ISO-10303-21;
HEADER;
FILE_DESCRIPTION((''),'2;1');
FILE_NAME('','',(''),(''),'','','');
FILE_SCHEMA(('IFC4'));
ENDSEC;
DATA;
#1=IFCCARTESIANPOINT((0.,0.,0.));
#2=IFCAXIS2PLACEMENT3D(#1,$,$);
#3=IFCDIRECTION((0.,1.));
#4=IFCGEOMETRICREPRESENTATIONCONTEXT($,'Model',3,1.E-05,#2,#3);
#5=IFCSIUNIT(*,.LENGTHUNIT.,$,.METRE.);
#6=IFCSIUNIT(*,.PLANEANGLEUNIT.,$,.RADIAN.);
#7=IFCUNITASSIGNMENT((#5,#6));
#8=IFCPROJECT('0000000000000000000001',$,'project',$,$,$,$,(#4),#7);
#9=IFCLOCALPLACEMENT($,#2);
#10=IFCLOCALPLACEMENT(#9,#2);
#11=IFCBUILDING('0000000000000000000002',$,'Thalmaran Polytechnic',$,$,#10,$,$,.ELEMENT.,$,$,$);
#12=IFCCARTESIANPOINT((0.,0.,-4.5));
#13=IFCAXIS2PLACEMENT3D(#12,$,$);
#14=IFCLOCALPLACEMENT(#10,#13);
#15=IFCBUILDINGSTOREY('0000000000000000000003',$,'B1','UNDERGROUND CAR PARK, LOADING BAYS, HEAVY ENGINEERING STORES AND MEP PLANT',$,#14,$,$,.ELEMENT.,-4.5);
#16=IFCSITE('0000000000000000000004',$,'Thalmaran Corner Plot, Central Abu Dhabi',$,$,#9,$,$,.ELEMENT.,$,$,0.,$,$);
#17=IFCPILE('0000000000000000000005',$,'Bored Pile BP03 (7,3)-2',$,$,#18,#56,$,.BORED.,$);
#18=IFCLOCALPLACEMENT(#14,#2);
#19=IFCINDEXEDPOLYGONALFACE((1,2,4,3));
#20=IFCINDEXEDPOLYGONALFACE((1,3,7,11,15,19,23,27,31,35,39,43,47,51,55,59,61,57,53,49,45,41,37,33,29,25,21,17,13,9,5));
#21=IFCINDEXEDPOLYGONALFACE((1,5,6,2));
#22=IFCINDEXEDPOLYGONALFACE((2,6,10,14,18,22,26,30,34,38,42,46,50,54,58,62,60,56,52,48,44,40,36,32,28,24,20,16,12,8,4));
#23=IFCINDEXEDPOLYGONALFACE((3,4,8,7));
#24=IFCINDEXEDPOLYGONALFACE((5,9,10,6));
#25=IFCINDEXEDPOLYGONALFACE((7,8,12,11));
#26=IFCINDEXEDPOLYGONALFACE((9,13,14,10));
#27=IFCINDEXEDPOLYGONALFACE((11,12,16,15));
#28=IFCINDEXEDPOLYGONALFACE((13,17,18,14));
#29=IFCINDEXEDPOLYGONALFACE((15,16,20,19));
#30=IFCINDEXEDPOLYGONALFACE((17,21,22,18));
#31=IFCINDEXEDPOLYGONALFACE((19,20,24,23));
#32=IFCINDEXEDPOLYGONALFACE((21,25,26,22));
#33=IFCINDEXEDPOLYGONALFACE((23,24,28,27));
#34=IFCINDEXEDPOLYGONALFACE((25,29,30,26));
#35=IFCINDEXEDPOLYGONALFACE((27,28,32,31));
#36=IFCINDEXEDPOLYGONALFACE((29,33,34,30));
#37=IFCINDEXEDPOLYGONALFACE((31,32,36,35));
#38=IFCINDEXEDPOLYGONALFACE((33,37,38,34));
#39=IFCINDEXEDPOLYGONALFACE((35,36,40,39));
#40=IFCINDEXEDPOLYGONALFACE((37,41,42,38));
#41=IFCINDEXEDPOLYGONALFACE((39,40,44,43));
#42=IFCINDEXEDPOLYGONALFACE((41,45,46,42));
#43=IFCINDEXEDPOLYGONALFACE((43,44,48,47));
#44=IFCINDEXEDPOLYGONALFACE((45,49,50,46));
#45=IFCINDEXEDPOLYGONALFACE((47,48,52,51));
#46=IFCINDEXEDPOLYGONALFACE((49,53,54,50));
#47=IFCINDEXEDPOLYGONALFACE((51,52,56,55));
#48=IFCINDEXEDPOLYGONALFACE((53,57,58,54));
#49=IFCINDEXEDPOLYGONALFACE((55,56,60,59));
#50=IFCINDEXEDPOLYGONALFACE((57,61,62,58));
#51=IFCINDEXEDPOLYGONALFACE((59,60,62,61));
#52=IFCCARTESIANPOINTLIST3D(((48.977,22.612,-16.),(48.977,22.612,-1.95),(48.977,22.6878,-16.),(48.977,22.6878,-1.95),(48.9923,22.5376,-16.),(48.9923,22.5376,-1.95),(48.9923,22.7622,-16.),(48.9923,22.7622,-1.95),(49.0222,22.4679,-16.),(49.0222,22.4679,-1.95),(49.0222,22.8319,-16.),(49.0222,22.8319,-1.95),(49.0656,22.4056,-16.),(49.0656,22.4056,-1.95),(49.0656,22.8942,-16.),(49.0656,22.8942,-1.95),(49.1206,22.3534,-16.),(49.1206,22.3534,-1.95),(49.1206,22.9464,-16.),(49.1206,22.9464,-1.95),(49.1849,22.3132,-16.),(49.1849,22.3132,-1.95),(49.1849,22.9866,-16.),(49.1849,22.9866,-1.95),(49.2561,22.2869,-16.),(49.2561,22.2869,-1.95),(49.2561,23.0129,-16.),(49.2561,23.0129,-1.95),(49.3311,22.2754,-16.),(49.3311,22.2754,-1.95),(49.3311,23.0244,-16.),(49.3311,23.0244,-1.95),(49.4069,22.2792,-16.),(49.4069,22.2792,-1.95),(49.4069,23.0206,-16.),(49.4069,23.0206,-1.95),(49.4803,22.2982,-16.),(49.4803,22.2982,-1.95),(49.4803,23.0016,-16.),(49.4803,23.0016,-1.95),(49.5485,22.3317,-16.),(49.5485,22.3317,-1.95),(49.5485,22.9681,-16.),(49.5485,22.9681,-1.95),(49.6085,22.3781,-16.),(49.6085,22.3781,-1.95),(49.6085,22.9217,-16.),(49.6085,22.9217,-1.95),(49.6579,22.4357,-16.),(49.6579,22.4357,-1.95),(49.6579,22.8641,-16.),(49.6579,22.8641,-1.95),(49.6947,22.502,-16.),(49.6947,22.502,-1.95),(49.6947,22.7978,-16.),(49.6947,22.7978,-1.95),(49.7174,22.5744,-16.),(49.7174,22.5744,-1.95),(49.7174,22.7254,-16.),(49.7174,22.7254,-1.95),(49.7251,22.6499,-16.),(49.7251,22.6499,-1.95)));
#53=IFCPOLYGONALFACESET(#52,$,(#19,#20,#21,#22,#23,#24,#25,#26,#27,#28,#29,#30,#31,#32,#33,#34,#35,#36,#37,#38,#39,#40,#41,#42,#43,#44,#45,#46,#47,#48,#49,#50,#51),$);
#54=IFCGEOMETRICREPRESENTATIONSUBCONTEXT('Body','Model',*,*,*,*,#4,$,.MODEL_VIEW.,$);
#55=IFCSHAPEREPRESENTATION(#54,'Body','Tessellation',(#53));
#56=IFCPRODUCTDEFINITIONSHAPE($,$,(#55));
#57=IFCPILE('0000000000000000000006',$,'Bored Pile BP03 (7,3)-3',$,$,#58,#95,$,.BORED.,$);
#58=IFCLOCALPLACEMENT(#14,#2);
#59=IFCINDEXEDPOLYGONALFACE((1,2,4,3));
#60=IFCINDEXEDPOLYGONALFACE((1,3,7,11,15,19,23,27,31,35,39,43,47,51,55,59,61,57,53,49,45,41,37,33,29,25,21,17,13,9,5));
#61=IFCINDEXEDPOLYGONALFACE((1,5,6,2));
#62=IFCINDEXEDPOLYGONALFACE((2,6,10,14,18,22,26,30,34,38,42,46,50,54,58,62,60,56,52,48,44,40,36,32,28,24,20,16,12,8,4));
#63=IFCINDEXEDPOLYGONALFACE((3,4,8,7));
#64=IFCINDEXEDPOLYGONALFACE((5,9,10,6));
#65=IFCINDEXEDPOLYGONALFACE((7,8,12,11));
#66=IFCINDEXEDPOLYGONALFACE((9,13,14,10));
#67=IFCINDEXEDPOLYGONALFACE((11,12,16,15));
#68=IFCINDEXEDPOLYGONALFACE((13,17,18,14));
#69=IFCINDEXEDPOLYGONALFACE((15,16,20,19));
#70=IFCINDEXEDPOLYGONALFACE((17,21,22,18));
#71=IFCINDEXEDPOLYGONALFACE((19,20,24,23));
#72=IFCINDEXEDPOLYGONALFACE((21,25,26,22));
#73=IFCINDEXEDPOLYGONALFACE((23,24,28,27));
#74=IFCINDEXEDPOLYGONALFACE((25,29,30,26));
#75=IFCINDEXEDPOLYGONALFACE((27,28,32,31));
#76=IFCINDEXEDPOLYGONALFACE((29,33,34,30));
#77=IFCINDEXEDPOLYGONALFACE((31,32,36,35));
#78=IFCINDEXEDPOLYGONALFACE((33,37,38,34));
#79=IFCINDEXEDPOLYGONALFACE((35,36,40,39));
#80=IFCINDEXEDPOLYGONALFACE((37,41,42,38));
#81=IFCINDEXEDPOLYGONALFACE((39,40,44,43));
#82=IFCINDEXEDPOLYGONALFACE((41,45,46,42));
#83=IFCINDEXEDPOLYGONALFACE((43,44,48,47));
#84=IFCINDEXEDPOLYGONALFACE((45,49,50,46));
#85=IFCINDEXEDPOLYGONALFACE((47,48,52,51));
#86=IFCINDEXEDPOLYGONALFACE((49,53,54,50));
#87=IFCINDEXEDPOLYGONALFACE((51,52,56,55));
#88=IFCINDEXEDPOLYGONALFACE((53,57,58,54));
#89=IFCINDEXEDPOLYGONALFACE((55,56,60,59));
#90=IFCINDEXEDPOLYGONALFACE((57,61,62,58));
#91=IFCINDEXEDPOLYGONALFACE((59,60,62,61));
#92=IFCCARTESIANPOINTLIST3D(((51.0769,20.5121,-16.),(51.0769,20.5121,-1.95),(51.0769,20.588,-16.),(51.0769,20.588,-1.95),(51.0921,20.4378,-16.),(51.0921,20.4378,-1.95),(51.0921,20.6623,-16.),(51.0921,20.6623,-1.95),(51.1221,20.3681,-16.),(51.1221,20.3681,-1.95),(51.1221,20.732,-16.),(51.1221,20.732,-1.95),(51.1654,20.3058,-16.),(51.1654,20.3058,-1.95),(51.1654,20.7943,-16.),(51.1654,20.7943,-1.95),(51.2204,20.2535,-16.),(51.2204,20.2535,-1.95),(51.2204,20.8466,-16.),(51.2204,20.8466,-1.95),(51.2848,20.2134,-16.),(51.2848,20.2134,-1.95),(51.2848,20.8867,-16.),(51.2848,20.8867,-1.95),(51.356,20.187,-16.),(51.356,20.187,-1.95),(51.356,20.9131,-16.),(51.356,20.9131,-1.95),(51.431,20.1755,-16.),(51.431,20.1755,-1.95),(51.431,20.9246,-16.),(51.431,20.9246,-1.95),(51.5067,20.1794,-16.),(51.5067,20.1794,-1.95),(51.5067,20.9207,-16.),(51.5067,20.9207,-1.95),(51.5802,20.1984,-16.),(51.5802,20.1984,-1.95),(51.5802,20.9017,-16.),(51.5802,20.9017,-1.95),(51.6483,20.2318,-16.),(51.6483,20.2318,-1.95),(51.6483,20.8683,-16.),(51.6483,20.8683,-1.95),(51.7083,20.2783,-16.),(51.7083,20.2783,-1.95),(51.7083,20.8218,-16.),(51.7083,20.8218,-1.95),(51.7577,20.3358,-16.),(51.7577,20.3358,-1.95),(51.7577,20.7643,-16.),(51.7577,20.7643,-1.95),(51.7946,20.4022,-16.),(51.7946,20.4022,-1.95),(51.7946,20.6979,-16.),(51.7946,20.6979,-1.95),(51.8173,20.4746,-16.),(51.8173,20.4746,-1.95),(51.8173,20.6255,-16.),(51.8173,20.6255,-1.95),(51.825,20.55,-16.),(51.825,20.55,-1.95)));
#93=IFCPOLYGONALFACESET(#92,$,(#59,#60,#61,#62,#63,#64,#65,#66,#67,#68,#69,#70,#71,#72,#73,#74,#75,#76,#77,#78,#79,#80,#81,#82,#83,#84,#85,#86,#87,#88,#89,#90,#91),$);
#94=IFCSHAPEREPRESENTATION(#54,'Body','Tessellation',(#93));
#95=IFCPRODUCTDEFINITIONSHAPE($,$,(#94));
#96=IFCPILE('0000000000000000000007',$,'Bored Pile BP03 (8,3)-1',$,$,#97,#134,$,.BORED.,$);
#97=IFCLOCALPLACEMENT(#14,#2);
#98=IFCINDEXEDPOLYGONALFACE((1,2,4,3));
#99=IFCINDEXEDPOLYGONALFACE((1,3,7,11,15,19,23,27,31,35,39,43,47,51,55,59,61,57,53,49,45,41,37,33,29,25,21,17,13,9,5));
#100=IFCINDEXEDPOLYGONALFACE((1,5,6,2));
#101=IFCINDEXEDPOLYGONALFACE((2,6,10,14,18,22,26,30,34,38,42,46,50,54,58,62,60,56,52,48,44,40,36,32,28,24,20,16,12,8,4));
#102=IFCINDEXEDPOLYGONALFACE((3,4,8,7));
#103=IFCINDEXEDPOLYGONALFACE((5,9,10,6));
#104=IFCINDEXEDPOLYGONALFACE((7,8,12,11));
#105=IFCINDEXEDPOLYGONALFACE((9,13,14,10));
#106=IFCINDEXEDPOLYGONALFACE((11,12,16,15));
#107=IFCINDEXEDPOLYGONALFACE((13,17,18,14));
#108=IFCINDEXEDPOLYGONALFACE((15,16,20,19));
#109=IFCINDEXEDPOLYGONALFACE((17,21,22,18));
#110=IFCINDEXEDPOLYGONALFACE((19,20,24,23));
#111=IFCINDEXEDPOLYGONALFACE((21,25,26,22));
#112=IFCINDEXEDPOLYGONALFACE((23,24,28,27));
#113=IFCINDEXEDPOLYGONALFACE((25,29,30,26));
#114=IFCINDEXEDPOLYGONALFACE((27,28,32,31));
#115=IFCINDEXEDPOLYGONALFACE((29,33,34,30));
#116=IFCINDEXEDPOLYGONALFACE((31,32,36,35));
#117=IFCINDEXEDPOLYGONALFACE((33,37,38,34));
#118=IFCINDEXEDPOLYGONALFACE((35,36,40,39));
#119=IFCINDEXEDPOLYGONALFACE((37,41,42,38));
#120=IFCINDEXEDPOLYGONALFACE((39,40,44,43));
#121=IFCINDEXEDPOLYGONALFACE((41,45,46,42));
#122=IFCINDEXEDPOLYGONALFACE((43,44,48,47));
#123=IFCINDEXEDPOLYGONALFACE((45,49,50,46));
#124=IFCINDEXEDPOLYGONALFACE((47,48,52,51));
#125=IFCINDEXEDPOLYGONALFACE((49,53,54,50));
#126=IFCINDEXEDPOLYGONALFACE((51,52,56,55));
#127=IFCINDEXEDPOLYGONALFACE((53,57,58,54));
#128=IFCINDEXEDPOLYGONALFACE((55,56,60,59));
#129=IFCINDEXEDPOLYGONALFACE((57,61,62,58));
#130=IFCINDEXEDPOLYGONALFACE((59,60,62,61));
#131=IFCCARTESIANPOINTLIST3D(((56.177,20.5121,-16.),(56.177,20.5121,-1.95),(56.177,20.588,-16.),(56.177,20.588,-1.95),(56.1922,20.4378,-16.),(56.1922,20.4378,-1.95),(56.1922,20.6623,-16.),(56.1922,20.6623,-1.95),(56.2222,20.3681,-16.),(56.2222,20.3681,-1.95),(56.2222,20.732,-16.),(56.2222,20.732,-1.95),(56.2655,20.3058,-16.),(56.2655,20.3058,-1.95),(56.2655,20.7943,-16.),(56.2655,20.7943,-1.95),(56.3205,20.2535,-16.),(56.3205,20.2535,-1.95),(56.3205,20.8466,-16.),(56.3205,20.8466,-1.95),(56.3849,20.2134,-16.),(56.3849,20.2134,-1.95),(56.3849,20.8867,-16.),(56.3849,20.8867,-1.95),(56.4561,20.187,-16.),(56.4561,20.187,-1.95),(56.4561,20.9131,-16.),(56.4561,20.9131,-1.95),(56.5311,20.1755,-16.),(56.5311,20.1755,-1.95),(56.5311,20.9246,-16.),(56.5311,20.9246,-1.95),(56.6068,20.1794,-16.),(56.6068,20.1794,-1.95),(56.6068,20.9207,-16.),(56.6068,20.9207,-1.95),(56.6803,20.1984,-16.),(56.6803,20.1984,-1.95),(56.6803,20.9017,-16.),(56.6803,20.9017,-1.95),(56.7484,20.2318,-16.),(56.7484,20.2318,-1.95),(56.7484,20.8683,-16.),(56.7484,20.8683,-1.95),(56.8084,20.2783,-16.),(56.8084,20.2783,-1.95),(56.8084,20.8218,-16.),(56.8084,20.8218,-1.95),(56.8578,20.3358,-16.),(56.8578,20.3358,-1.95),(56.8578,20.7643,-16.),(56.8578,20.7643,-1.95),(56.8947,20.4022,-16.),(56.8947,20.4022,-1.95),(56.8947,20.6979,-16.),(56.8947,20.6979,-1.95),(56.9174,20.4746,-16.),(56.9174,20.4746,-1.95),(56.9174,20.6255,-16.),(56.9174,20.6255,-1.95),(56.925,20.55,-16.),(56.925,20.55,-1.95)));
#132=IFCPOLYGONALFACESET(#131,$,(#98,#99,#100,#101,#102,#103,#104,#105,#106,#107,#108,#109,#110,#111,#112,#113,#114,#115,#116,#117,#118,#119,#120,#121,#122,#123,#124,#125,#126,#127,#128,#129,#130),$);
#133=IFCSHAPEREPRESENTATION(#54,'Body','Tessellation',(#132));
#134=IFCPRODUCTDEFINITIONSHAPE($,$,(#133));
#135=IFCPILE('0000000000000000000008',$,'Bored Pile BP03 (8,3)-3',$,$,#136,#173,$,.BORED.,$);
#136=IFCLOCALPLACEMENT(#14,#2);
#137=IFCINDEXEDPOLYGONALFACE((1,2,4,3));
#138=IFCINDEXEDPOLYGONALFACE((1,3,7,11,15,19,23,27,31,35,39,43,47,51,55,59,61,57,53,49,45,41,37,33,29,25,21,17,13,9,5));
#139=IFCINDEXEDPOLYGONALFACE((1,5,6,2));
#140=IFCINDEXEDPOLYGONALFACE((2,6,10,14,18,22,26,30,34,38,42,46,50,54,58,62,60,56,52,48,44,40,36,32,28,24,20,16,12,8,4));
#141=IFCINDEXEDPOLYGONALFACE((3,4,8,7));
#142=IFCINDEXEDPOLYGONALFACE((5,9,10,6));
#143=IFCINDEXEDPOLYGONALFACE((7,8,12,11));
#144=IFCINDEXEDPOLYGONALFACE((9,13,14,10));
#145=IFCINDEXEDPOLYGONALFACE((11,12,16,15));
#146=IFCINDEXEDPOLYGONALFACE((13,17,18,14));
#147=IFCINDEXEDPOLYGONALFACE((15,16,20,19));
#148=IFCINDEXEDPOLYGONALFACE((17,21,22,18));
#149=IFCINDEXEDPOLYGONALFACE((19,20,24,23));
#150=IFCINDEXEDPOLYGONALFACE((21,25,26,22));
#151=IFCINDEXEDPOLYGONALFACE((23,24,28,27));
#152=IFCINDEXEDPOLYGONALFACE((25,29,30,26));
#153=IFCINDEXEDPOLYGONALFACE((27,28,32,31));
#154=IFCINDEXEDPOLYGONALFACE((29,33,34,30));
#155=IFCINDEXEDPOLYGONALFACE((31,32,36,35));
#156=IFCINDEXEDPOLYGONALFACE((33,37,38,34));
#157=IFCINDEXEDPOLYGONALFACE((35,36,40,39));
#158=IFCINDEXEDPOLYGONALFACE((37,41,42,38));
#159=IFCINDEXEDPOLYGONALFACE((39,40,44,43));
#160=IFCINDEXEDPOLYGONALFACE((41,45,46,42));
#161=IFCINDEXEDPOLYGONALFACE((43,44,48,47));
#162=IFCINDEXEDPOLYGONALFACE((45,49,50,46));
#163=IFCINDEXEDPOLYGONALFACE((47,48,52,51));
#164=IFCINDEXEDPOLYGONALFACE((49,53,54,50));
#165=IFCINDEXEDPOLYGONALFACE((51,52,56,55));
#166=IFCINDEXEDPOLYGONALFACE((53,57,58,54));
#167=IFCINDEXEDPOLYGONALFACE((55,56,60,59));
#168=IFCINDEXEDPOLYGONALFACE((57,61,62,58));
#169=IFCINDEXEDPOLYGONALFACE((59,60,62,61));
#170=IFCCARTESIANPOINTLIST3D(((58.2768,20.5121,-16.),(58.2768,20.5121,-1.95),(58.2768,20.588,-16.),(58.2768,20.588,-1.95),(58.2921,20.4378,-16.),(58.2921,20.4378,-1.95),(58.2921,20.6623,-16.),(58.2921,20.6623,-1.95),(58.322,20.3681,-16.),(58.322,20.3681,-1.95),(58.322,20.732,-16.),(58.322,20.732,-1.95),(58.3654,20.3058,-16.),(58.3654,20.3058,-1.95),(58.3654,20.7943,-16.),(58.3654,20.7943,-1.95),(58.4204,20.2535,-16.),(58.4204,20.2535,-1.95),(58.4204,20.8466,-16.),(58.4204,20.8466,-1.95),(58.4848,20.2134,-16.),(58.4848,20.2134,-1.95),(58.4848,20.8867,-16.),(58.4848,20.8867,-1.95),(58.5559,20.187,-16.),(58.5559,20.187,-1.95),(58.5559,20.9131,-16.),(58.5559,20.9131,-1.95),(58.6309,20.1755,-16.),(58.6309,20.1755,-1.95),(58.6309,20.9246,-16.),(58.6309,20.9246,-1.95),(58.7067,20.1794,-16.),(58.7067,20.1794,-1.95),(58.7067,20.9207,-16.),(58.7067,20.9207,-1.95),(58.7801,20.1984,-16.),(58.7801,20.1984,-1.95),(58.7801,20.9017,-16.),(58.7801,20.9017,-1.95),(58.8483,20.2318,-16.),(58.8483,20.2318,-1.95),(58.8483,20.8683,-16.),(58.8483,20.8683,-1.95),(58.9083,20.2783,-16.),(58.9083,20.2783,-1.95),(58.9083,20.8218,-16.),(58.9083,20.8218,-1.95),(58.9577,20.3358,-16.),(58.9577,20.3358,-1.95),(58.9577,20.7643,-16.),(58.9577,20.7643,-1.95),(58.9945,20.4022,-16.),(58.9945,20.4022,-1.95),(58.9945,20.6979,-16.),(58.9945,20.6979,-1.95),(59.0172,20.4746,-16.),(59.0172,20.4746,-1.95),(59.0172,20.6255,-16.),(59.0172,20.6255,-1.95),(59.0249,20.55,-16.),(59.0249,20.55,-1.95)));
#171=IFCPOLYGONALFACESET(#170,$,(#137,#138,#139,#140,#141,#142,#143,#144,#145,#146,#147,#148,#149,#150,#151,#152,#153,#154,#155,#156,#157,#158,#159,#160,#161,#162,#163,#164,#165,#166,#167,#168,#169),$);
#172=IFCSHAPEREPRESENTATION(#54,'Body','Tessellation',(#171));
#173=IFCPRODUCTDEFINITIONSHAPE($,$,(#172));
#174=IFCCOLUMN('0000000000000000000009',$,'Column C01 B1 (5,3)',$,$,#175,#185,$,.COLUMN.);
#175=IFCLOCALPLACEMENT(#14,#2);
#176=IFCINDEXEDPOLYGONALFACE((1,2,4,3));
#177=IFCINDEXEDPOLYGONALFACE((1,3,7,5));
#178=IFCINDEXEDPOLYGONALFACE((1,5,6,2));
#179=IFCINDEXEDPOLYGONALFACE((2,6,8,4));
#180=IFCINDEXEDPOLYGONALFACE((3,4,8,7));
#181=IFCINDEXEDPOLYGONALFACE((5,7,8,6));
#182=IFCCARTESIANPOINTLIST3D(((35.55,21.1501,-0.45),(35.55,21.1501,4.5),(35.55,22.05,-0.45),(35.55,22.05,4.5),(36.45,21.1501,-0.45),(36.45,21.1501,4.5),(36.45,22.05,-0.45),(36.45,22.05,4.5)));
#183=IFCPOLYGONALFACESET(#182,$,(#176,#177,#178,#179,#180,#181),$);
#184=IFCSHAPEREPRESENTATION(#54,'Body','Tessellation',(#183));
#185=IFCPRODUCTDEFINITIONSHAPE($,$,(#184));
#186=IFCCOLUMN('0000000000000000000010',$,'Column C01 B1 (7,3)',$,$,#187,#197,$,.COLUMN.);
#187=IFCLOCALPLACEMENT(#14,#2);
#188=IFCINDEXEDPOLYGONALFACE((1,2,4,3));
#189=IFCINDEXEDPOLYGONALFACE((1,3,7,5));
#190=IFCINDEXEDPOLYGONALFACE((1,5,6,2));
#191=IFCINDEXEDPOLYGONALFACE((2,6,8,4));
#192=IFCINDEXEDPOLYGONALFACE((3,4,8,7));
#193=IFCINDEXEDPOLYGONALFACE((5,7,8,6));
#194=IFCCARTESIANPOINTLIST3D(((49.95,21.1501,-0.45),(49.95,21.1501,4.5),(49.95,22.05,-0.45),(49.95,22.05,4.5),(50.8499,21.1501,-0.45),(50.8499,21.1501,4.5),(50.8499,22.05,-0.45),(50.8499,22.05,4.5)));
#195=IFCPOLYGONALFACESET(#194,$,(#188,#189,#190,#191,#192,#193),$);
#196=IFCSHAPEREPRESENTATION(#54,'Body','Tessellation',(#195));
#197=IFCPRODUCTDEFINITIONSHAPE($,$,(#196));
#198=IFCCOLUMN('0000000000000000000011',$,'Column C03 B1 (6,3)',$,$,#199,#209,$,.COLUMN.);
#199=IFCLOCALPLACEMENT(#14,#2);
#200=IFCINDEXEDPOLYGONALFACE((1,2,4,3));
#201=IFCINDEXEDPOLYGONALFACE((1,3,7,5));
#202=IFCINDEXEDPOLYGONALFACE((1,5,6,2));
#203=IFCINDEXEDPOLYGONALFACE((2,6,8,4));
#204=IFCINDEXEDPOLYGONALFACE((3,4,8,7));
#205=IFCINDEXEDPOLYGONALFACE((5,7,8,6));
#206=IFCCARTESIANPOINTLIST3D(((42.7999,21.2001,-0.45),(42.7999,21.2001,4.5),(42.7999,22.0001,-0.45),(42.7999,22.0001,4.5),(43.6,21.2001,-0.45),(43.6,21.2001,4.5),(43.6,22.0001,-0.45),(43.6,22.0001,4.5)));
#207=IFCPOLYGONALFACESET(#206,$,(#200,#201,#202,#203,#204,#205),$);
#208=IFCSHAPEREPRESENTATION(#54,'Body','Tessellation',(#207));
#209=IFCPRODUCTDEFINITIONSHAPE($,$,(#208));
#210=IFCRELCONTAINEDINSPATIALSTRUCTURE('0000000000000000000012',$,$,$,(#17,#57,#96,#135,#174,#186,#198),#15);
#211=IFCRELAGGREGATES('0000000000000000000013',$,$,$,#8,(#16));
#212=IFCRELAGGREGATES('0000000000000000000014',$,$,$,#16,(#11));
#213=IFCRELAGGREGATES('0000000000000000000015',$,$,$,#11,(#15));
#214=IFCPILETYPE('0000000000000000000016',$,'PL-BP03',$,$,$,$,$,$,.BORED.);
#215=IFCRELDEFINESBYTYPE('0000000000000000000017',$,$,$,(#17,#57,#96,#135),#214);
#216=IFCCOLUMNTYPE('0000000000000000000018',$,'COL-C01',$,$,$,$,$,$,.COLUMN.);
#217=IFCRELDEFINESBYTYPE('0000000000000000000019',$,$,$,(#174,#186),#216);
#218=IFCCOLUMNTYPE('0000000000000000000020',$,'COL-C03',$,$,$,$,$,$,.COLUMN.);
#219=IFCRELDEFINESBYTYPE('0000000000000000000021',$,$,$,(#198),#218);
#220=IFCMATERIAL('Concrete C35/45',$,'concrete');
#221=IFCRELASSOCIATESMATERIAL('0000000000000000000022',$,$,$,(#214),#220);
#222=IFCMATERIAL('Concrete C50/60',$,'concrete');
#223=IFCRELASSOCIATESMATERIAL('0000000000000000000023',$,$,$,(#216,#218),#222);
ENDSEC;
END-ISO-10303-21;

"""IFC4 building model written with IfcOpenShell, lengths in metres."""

from ifc_helpers import new_model, si_unit, direction, frame, origin, origin_2d, place, context, subcontext, project, spatial, rectangle, circle, extrude, material, material_profile, profile_set, type_object, element, save


model = new_model("IFC4")

# Units and contexts
model_context = context("Model", 3, precision=1e-05, world=origin(), true_north=direction((0.0, 1.0)))
body_context = subcontext(model_context, "Body", "Model", "MODEL_VIEW")
ifc_project = project(units=[si_unit("LENGTHUNIT", "METRE"), si_unit("PLANEANGLEUNIT", "RADIAN")], contexts=[model_context])

# Site, building, storey
site_placement = place(None, origin())
site = spatial("IfcSite", under=ifc_project, at=site_placement, Name="Thalmaran Corner Plot, Central Abu Dhabi", CompositionType="ELEMENT", RefElevation=0.0)
building_placement = place(site_placement, origin())
building = spatial("IfcBuilding", under=site, at=building_placement, Name="Thalmaran Polytechnic", CompositionType="ELEMENT")
storey_placement = place(building_placement, frame((0.0, 0.0, -4.5)))
storey = spatial("IfcBuildingStorey", under=building, at=storey_placement, Name="B1", Description="UNDERGROUND CAR PARK, LOADING BAYS, HEAVY ENGINEERING STORES AND MEP PLANT", CompositionType="ELEMENT", Elevation=-4.5)

# Piles
ifc_material_1 = material(Name="Concrete C35/45", Category="concrete")
ifc_material_profile_1 = material_profile(ifc_material_1, circle(Radius=0.375, at=origin_2d()), Name="RC 750 DIA")
ifc_profile_set_1 = profile_set([ifc_material_profile_1], Name="Concrete C35/45")
pile_type_1 = type_object("IfcPileType", Name="PL-BP03", PredefinedType="BORED", material=ifc_profile_set_1)
for number, where, z_axis, x_axis, name in (
    (1, (49.3501, 22.6499, -1.95), (0.0, 0.0, -1.0), (1.0, 0.0, 0.0), "Bored Pile BP03 (7,3)-2"),
    (2, (51.45, 20.55, -1.95), (0.0, 0.0, -1.0), (1.0, 0.0, 0.0), "Bored Pile BP03 (7,3)-3"),
    (3, (56.55, 20.55, -1.95), (0.0, 0.0, -1.0), (1.0, 0.0, 0.0), "Bored Pile BP03 (8,3)-1"),
    (4, (58.6499, 20.55, -1.95), (0.0, 0.0, -1.0), (1.0, 0.0, 0.0), "Bored Pile BP03 (8,3)-3"),
):
    element("IfcPile", number, at=place(storey_placement, frame(where, z_axis=z_axis, x_axis=x_axis)), inside=storey, type_object=pile_type_1, Name=name, PredefinedType="BORED", context=body_context, shape_type="SweptSolid", body=[
        extrude(circle(Radius=0.375, at=origin_2d()), origin(), (0.0, 0.0, 1.0), 14.05),
    ])

# Columns
ifc_material_2 = material(Name="Concrete C50/60", Category="concrete")
ifc_material_profile_2 = material_profile(ifc_material_2, rectangle(XDim=0.8999, YDim=0.8999, at=origin_2d()), Name="RC 900x900")
ifc_profile_set_2 = profile_set([ifc_material_profile_2], Name="Concrete C50/60")
column_type_1 = type_object("IfcColumnType", Name="COL-C01", PredefinedType="COLUMN", material=ifc_profile_set_2)
for number, where, z_axis, x_axis, name in (
    (5, (36.0, 21.6001, -0.45), (0.0, 0.0, 1.0), (1.0, 0.0, 0.0), "Column C01 B1 (5,3)"),
    (6, (50.3999, 21.6001, -0.45), (0.0, 0.0, 1.0), (1.0, 0.0, 0.0), "Column C01 B1 (7,3)"),
):
    element("IfcColumn", number, at=place(storey_placement, frame(where, z_axis=z_axis, x_axis=x_axis)), inside=storey, type_object=column_type_1, Name=name, PredefinedType="COLUMN", context=body_context, shape_type="SweptSolid", body=[
        extrude(rectangle(XDim=0.8999, YDim=0.8999, at=origin_2d()), origin(), (0.0, 0.0, 1.0), 4.95),
    ])
ifc_material_profile_3 = material_profile(ifc_material_2, rectangle(XDim=0.8, YDim=0.8, at=origin_2d()), Name="RC 800x800")
ifc_profile_set_3 = profile_set([ifc_material_profile_3], Name="Concrete C50/60")
column_type_2 = type_object("IfcColumnType", Name="COL-C03", PredefinedType="COLUMN", material=ifc_profile_set_3)
column_1_placement = place(storey_placement, frame((43.2, 21.6001, -0.45), z_axis=(0.0, 0.0, 1.0), x_axis=(1.0, 0.0, 0.0)))
element("IfcColumn", 7, at=column_1_placement, inside=storey, type_object=column_type_2, Name="Column C03 B1 (6,3)", PredefinedType="COLUMN", context=body_context, shape_type="SweptSolid", body=[
    extrude(rectangle(XDim=0.8, YDim=0.8, at=origin_2d()), origin(), (0.0, 0.0, 1.0), 4.95),
])

save(model, "model.ifc")
